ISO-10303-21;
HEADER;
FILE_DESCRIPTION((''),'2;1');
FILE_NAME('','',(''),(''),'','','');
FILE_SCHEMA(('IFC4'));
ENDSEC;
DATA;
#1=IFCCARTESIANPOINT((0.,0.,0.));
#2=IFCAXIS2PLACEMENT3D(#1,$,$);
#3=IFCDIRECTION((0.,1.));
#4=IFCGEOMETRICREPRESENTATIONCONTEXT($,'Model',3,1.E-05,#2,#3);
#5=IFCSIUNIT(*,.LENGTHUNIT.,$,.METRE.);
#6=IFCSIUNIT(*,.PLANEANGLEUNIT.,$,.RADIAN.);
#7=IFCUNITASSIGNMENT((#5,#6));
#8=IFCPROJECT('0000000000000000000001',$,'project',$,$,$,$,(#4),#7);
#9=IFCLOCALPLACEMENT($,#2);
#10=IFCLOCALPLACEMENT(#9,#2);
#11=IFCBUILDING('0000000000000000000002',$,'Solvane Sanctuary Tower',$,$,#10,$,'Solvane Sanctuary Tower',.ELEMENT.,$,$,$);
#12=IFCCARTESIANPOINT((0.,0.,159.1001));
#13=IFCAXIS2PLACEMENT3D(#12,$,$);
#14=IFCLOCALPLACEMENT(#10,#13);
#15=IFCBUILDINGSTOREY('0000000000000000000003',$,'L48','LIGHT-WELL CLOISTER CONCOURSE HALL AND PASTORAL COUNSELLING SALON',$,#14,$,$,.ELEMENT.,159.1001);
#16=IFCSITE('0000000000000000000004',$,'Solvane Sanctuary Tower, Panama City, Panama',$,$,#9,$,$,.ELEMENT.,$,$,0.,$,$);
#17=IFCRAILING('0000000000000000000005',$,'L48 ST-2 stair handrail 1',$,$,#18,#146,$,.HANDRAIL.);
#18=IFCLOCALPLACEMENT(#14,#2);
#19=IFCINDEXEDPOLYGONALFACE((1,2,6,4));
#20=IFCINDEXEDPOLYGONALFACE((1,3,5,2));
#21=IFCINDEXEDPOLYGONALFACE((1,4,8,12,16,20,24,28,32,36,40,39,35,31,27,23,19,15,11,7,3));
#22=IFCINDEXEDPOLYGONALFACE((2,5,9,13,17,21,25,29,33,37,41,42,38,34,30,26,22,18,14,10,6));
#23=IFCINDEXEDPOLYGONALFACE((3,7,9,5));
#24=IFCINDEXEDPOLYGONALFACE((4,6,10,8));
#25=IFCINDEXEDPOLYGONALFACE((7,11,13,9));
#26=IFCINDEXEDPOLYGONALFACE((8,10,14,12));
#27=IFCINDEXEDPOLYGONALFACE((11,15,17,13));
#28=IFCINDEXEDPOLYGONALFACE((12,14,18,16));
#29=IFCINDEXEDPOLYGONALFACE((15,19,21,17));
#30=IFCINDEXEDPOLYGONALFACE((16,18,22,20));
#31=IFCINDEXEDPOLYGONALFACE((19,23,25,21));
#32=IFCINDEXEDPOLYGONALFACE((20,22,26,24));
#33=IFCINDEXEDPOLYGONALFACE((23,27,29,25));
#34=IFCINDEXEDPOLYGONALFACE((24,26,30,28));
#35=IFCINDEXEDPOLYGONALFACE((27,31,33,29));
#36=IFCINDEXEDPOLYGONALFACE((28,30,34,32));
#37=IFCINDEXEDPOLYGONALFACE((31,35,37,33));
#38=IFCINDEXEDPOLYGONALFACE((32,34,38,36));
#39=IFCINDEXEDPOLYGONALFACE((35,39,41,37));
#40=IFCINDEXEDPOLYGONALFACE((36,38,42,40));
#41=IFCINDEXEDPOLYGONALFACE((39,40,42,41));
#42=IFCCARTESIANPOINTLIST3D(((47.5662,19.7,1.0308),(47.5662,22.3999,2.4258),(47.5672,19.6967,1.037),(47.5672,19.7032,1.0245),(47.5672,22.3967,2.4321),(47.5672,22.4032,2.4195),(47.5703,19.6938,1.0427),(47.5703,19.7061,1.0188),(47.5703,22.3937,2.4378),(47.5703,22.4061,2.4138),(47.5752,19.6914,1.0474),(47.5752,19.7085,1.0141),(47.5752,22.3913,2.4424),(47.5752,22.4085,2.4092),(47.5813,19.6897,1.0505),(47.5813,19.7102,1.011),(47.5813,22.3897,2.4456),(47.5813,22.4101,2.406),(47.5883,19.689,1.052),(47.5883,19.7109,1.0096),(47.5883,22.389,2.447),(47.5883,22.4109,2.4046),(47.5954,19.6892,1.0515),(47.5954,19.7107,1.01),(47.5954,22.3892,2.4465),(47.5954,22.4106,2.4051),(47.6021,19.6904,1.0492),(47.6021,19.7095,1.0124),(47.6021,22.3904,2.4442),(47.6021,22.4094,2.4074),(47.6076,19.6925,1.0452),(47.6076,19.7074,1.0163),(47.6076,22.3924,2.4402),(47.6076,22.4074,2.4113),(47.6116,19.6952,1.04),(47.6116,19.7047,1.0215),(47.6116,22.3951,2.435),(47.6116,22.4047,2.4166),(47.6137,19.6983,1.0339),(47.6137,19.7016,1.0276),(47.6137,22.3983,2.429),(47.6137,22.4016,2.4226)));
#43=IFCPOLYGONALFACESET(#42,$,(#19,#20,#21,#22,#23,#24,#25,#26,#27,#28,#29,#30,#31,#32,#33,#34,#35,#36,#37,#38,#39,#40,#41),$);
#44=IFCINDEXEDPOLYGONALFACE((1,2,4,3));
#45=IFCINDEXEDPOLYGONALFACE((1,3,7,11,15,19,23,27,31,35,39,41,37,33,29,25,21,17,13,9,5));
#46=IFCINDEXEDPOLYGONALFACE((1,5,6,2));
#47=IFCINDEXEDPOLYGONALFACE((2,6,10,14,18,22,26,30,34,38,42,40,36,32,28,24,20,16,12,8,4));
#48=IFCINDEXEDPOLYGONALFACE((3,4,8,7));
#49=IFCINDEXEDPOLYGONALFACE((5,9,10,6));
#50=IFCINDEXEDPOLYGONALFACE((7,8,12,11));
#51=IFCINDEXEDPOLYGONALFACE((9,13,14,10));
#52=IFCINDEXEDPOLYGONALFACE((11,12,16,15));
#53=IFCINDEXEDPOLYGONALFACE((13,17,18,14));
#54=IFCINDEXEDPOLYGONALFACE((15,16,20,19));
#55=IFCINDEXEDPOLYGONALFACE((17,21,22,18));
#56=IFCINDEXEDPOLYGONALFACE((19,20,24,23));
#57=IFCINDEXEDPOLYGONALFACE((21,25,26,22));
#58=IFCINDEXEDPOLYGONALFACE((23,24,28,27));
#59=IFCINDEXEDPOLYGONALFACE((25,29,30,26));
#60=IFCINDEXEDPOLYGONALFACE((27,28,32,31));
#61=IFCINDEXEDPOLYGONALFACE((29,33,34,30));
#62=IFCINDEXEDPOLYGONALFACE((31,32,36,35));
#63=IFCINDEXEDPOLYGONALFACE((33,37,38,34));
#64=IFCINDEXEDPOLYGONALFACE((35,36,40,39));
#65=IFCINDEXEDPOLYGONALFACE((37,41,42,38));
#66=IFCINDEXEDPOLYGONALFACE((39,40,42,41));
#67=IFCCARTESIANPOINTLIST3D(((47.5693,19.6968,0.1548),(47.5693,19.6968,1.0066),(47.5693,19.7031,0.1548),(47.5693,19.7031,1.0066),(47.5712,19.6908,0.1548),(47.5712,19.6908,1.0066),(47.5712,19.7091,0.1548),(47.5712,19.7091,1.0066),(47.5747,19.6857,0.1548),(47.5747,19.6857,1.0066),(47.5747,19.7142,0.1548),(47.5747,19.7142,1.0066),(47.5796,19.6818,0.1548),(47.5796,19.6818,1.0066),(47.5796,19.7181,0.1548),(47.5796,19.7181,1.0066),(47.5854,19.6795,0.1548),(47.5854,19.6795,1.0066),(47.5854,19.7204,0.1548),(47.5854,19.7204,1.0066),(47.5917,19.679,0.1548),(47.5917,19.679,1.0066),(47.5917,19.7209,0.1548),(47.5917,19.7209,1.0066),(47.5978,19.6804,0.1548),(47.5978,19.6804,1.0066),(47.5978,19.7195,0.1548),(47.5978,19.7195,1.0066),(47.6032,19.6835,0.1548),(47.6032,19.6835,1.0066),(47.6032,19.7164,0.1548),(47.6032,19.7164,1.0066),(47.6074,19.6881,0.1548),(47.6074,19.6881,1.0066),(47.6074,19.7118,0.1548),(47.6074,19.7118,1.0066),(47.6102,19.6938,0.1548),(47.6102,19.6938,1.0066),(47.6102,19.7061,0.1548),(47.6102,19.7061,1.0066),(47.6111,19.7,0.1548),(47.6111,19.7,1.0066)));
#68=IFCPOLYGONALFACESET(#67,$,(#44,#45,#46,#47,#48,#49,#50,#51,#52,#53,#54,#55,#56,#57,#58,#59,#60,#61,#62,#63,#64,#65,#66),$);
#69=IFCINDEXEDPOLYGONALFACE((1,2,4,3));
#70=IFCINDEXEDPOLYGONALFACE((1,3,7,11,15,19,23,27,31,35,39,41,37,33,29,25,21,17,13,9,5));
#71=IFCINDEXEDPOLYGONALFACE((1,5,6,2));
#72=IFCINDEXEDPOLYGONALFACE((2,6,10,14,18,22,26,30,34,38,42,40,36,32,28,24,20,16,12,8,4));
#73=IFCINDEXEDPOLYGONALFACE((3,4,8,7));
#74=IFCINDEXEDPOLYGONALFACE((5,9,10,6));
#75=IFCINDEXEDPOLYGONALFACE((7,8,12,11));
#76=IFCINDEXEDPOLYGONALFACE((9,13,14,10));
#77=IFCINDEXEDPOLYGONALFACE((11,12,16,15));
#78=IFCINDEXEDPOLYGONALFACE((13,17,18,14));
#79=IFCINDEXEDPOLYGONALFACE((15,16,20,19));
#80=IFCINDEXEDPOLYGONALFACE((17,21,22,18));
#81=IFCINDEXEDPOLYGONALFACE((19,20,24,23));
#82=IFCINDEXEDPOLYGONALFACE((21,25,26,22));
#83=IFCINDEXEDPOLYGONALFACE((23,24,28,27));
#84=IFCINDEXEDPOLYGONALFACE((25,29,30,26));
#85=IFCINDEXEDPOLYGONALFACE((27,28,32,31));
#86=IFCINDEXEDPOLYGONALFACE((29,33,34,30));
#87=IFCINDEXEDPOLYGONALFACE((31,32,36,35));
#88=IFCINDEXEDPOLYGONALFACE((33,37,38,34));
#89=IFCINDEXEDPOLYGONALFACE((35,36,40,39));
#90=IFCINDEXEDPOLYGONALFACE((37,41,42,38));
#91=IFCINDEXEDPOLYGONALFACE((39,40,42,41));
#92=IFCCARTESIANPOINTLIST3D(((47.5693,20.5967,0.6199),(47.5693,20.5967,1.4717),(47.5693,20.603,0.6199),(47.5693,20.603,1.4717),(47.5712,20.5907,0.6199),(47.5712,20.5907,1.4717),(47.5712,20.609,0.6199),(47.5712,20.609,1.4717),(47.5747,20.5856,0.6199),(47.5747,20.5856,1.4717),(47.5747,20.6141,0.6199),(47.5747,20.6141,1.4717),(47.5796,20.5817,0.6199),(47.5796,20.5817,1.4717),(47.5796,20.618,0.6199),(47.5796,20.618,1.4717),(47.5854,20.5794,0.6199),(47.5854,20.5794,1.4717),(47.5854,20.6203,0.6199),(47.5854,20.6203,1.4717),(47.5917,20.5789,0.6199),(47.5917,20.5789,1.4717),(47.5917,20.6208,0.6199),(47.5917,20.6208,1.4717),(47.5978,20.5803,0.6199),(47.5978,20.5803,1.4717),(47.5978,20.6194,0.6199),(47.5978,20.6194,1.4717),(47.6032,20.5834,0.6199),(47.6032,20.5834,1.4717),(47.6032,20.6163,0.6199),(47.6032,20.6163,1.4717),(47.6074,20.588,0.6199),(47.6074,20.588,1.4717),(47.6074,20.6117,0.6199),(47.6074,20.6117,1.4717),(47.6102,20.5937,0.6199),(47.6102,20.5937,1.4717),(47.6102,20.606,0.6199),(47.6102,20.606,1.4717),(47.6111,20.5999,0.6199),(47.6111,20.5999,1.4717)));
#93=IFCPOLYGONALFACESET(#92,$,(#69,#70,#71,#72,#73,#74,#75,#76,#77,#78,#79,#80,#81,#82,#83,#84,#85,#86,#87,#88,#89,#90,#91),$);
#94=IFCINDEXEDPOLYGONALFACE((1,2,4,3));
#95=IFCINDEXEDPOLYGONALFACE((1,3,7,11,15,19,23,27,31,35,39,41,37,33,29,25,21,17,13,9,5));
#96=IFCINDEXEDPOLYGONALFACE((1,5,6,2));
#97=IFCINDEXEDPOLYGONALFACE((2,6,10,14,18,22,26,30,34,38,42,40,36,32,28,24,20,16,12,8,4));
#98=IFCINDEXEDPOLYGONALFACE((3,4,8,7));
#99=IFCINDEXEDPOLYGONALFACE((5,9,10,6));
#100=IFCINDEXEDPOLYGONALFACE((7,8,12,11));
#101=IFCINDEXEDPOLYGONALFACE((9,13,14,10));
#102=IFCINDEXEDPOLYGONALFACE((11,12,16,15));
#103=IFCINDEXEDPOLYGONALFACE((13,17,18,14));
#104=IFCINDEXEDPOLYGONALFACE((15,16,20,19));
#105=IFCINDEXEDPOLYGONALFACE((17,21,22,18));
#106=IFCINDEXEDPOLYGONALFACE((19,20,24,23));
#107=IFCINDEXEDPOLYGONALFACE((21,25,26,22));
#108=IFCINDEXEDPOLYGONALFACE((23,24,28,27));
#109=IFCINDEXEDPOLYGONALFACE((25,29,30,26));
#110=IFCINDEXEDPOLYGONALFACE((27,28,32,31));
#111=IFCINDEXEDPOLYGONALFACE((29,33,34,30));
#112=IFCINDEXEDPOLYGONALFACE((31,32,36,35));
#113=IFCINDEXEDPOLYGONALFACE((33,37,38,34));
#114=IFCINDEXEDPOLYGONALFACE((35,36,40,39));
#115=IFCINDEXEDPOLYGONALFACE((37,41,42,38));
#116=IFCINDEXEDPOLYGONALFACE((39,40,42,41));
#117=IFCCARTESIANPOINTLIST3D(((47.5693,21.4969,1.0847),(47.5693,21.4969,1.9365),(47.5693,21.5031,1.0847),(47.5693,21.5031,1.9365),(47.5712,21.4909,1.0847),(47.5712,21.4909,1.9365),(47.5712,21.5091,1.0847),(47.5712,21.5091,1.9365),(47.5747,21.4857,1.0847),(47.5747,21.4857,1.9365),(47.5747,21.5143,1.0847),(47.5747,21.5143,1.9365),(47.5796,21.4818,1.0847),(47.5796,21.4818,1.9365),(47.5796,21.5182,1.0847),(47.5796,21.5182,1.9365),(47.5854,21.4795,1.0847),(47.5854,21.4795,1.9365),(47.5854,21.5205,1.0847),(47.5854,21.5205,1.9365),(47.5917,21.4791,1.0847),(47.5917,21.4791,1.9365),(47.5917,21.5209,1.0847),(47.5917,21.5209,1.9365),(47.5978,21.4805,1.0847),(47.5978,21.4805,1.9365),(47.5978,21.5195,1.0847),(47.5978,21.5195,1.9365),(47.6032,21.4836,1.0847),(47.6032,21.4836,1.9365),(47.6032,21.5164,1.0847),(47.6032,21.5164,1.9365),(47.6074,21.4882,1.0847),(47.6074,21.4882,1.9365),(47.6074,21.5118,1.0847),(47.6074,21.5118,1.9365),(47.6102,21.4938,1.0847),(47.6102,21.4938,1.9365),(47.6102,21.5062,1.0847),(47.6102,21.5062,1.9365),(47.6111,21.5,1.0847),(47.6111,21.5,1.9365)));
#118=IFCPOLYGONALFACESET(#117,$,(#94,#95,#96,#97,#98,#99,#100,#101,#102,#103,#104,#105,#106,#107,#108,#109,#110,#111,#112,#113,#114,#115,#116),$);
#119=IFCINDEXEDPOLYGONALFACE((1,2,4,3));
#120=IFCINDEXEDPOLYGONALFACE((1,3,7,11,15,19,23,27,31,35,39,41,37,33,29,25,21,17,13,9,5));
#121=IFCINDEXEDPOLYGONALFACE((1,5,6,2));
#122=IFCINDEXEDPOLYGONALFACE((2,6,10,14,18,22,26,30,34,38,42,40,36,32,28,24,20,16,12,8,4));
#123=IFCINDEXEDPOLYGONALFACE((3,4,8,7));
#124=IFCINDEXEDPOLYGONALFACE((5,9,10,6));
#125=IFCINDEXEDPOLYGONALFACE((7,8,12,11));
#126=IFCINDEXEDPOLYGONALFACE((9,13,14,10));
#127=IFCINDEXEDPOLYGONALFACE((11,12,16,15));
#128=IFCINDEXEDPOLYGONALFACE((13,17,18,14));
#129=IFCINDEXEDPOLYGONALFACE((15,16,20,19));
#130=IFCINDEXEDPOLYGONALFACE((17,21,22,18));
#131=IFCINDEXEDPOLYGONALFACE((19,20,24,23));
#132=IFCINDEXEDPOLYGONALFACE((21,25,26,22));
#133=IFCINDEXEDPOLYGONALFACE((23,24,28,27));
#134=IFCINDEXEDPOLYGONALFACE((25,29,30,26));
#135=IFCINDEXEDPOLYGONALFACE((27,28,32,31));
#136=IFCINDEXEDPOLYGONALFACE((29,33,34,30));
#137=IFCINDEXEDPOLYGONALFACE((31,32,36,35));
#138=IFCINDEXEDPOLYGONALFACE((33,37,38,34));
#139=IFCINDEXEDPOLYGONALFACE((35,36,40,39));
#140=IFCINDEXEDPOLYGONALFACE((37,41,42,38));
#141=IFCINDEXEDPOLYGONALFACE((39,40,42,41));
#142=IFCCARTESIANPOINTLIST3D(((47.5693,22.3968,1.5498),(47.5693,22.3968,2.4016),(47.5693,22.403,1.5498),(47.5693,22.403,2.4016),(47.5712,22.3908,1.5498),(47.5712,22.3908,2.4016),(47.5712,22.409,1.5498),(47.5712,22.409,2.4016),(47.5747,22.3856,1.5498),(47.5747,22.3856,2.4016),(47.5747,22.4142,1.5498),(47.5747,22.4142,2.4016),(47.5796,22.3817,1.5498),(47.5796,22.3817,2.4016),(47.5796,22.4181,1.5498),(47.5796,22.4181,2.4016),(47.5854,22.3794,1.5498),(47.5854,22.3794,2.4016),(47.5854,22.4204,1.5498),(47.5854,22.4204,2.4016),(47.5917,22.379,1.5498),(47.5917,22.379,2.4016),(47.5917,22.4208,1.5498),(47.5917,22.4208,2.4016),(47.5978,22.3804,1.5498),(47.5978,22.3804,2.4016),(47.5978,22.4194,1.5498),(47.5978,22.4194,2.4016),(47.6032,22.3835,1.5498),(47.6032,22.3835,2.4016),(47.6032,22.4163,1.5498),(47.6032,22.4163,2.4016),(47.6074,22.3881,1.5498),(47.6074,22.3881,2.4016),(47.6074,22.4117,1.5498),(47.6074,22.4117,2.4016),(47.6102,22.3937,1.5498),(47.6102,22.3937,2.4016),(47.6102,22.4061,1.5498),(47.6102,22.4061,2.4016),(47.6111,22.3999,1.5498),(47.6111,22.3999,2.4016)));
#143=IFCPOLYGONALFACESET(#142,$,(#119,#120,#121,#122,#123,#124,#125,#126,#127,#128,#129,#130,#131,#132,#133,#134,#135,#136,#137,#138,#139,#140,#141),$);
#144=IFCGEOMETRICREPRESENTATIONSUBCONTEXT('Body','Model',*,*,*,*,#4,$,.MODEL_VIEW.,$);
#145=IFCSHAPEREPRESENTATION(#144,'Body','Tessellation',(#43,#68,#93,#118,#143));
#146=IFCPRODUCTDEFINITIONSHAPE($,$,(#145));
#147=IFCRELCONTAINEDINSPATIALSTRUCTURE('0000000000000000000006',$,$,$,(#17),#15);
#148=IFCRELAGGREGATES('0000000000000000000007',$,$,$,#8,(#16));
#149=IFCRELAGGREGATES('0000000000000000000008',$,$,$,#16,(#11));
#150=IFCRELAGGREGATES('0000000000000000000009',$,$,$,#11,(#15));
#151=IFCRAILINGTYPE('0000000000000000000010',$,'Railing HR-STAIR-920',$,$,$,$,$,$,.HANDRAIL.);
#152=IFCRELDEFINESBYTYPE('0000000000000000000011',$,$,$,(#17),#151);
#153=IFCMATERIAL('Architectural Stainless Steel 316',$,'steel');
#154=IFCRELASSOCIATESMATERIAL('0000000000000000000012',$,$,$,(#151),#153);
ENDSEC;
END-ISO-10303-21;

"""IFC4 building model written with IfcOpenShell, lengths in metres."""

from ifc_helpers import new_model, si_unit, direction, frame, origin, origin_2d, place, context, subcontext, project, spatial, circle, extrude, material, type_object, element, save


model = new_model("IFC4")

# Units and contexts
model_context = context("Model", 3, precision=1e-05, world=origin(), true_north=direction((0.0, 1.0)))
body_context = subcontext(model_context, "Body", "Model", "MODEL_VIEW")
ifc_project = project(units=[si_unit("LENGTHUNIT", "METRE"), si_unit("PLANEANGLEUNIT", "RADIAN")], contexts=[model_context])

# Site, building, storey
site_placement = place(None, origin())
site = spatial("IfcSite", under=ifc_project, at=site_placement, Name="Solvane Sanctuary Tower, Panama City, Panama", CompositionType="ELEMENT", RefElevation=0.0)
building_placement = place(site_placement, origin())
building = spatial("IfcBuilding", under=site, at=building_placement, Name="Solvane Sanctuary Tower", LongName="Solvane Sanctuary Tower", CompositionType="ELEMENT")
storey_placement = place(building_placement, frame((0.0, 0.0, 159.1001)))
storey = spatial("IfcBuildingStorey", under=building, at=storey_placement, Name="L48", Description="LIGHT-WELL CLOISTER CONCOURSE HALL AND PASTORAL COUNSELLING SALON", CompositionType="ELEMENT", Elevation=159.1001)

# Railing
ifc_material_1 = material(Name="Architectural Stainless Steel 316", Category="steel")
railing_type_1 = type_object("IfcRailingType", Name="Railing HR-STAIR-920", PredefinedType="HANDRAIL", material=ifc_material_1)
railing_1_placement = place(storey_placement, frame((47.5901, 19.7, 0.1548)))
element("IfcRailing", 1, at=railing_1_placement, inside=storey, type_object=railing_type_1, Name="L48 ST-2 stair handrail 1", PredefinedType="HANDRAIL", context=body_context, shape_type="SweptSolid", body=[
    extrude(circle(Radius=0.0239, at=origin_2d()), frame((0.0, 0.0, 0.876), z_axis=(0.0, 0.88842, 0.459032), x_axis=(-1.0, 0.0, 0.0)), (0.0, 0.0, 1.0), 3.0391),
    extrude(circle(Radius=0.021, at=origin_2d()), origin(), (0.0, 0.0, 1.0), 0.8518),
    extrude(circle(Radius=0.021, at=origin_2d()), frame((0.0, 0.8999, 0.4651)), (0.0, 0.0, 1.0), 0.8518),
    extrude(circle(Radius=0.021, at=origin_2d()), frame((0.0, 1.8, 0.9299)), (0.0, 0.0, 1.0), 0.8518),
    extrude(circle(Radius=0.021, at=origin_2d()), frame((0.0, 2.7, 1.395)), (0.0, 0.0, 1.0), 0.8518),
])

save(model, "model.ifc")
